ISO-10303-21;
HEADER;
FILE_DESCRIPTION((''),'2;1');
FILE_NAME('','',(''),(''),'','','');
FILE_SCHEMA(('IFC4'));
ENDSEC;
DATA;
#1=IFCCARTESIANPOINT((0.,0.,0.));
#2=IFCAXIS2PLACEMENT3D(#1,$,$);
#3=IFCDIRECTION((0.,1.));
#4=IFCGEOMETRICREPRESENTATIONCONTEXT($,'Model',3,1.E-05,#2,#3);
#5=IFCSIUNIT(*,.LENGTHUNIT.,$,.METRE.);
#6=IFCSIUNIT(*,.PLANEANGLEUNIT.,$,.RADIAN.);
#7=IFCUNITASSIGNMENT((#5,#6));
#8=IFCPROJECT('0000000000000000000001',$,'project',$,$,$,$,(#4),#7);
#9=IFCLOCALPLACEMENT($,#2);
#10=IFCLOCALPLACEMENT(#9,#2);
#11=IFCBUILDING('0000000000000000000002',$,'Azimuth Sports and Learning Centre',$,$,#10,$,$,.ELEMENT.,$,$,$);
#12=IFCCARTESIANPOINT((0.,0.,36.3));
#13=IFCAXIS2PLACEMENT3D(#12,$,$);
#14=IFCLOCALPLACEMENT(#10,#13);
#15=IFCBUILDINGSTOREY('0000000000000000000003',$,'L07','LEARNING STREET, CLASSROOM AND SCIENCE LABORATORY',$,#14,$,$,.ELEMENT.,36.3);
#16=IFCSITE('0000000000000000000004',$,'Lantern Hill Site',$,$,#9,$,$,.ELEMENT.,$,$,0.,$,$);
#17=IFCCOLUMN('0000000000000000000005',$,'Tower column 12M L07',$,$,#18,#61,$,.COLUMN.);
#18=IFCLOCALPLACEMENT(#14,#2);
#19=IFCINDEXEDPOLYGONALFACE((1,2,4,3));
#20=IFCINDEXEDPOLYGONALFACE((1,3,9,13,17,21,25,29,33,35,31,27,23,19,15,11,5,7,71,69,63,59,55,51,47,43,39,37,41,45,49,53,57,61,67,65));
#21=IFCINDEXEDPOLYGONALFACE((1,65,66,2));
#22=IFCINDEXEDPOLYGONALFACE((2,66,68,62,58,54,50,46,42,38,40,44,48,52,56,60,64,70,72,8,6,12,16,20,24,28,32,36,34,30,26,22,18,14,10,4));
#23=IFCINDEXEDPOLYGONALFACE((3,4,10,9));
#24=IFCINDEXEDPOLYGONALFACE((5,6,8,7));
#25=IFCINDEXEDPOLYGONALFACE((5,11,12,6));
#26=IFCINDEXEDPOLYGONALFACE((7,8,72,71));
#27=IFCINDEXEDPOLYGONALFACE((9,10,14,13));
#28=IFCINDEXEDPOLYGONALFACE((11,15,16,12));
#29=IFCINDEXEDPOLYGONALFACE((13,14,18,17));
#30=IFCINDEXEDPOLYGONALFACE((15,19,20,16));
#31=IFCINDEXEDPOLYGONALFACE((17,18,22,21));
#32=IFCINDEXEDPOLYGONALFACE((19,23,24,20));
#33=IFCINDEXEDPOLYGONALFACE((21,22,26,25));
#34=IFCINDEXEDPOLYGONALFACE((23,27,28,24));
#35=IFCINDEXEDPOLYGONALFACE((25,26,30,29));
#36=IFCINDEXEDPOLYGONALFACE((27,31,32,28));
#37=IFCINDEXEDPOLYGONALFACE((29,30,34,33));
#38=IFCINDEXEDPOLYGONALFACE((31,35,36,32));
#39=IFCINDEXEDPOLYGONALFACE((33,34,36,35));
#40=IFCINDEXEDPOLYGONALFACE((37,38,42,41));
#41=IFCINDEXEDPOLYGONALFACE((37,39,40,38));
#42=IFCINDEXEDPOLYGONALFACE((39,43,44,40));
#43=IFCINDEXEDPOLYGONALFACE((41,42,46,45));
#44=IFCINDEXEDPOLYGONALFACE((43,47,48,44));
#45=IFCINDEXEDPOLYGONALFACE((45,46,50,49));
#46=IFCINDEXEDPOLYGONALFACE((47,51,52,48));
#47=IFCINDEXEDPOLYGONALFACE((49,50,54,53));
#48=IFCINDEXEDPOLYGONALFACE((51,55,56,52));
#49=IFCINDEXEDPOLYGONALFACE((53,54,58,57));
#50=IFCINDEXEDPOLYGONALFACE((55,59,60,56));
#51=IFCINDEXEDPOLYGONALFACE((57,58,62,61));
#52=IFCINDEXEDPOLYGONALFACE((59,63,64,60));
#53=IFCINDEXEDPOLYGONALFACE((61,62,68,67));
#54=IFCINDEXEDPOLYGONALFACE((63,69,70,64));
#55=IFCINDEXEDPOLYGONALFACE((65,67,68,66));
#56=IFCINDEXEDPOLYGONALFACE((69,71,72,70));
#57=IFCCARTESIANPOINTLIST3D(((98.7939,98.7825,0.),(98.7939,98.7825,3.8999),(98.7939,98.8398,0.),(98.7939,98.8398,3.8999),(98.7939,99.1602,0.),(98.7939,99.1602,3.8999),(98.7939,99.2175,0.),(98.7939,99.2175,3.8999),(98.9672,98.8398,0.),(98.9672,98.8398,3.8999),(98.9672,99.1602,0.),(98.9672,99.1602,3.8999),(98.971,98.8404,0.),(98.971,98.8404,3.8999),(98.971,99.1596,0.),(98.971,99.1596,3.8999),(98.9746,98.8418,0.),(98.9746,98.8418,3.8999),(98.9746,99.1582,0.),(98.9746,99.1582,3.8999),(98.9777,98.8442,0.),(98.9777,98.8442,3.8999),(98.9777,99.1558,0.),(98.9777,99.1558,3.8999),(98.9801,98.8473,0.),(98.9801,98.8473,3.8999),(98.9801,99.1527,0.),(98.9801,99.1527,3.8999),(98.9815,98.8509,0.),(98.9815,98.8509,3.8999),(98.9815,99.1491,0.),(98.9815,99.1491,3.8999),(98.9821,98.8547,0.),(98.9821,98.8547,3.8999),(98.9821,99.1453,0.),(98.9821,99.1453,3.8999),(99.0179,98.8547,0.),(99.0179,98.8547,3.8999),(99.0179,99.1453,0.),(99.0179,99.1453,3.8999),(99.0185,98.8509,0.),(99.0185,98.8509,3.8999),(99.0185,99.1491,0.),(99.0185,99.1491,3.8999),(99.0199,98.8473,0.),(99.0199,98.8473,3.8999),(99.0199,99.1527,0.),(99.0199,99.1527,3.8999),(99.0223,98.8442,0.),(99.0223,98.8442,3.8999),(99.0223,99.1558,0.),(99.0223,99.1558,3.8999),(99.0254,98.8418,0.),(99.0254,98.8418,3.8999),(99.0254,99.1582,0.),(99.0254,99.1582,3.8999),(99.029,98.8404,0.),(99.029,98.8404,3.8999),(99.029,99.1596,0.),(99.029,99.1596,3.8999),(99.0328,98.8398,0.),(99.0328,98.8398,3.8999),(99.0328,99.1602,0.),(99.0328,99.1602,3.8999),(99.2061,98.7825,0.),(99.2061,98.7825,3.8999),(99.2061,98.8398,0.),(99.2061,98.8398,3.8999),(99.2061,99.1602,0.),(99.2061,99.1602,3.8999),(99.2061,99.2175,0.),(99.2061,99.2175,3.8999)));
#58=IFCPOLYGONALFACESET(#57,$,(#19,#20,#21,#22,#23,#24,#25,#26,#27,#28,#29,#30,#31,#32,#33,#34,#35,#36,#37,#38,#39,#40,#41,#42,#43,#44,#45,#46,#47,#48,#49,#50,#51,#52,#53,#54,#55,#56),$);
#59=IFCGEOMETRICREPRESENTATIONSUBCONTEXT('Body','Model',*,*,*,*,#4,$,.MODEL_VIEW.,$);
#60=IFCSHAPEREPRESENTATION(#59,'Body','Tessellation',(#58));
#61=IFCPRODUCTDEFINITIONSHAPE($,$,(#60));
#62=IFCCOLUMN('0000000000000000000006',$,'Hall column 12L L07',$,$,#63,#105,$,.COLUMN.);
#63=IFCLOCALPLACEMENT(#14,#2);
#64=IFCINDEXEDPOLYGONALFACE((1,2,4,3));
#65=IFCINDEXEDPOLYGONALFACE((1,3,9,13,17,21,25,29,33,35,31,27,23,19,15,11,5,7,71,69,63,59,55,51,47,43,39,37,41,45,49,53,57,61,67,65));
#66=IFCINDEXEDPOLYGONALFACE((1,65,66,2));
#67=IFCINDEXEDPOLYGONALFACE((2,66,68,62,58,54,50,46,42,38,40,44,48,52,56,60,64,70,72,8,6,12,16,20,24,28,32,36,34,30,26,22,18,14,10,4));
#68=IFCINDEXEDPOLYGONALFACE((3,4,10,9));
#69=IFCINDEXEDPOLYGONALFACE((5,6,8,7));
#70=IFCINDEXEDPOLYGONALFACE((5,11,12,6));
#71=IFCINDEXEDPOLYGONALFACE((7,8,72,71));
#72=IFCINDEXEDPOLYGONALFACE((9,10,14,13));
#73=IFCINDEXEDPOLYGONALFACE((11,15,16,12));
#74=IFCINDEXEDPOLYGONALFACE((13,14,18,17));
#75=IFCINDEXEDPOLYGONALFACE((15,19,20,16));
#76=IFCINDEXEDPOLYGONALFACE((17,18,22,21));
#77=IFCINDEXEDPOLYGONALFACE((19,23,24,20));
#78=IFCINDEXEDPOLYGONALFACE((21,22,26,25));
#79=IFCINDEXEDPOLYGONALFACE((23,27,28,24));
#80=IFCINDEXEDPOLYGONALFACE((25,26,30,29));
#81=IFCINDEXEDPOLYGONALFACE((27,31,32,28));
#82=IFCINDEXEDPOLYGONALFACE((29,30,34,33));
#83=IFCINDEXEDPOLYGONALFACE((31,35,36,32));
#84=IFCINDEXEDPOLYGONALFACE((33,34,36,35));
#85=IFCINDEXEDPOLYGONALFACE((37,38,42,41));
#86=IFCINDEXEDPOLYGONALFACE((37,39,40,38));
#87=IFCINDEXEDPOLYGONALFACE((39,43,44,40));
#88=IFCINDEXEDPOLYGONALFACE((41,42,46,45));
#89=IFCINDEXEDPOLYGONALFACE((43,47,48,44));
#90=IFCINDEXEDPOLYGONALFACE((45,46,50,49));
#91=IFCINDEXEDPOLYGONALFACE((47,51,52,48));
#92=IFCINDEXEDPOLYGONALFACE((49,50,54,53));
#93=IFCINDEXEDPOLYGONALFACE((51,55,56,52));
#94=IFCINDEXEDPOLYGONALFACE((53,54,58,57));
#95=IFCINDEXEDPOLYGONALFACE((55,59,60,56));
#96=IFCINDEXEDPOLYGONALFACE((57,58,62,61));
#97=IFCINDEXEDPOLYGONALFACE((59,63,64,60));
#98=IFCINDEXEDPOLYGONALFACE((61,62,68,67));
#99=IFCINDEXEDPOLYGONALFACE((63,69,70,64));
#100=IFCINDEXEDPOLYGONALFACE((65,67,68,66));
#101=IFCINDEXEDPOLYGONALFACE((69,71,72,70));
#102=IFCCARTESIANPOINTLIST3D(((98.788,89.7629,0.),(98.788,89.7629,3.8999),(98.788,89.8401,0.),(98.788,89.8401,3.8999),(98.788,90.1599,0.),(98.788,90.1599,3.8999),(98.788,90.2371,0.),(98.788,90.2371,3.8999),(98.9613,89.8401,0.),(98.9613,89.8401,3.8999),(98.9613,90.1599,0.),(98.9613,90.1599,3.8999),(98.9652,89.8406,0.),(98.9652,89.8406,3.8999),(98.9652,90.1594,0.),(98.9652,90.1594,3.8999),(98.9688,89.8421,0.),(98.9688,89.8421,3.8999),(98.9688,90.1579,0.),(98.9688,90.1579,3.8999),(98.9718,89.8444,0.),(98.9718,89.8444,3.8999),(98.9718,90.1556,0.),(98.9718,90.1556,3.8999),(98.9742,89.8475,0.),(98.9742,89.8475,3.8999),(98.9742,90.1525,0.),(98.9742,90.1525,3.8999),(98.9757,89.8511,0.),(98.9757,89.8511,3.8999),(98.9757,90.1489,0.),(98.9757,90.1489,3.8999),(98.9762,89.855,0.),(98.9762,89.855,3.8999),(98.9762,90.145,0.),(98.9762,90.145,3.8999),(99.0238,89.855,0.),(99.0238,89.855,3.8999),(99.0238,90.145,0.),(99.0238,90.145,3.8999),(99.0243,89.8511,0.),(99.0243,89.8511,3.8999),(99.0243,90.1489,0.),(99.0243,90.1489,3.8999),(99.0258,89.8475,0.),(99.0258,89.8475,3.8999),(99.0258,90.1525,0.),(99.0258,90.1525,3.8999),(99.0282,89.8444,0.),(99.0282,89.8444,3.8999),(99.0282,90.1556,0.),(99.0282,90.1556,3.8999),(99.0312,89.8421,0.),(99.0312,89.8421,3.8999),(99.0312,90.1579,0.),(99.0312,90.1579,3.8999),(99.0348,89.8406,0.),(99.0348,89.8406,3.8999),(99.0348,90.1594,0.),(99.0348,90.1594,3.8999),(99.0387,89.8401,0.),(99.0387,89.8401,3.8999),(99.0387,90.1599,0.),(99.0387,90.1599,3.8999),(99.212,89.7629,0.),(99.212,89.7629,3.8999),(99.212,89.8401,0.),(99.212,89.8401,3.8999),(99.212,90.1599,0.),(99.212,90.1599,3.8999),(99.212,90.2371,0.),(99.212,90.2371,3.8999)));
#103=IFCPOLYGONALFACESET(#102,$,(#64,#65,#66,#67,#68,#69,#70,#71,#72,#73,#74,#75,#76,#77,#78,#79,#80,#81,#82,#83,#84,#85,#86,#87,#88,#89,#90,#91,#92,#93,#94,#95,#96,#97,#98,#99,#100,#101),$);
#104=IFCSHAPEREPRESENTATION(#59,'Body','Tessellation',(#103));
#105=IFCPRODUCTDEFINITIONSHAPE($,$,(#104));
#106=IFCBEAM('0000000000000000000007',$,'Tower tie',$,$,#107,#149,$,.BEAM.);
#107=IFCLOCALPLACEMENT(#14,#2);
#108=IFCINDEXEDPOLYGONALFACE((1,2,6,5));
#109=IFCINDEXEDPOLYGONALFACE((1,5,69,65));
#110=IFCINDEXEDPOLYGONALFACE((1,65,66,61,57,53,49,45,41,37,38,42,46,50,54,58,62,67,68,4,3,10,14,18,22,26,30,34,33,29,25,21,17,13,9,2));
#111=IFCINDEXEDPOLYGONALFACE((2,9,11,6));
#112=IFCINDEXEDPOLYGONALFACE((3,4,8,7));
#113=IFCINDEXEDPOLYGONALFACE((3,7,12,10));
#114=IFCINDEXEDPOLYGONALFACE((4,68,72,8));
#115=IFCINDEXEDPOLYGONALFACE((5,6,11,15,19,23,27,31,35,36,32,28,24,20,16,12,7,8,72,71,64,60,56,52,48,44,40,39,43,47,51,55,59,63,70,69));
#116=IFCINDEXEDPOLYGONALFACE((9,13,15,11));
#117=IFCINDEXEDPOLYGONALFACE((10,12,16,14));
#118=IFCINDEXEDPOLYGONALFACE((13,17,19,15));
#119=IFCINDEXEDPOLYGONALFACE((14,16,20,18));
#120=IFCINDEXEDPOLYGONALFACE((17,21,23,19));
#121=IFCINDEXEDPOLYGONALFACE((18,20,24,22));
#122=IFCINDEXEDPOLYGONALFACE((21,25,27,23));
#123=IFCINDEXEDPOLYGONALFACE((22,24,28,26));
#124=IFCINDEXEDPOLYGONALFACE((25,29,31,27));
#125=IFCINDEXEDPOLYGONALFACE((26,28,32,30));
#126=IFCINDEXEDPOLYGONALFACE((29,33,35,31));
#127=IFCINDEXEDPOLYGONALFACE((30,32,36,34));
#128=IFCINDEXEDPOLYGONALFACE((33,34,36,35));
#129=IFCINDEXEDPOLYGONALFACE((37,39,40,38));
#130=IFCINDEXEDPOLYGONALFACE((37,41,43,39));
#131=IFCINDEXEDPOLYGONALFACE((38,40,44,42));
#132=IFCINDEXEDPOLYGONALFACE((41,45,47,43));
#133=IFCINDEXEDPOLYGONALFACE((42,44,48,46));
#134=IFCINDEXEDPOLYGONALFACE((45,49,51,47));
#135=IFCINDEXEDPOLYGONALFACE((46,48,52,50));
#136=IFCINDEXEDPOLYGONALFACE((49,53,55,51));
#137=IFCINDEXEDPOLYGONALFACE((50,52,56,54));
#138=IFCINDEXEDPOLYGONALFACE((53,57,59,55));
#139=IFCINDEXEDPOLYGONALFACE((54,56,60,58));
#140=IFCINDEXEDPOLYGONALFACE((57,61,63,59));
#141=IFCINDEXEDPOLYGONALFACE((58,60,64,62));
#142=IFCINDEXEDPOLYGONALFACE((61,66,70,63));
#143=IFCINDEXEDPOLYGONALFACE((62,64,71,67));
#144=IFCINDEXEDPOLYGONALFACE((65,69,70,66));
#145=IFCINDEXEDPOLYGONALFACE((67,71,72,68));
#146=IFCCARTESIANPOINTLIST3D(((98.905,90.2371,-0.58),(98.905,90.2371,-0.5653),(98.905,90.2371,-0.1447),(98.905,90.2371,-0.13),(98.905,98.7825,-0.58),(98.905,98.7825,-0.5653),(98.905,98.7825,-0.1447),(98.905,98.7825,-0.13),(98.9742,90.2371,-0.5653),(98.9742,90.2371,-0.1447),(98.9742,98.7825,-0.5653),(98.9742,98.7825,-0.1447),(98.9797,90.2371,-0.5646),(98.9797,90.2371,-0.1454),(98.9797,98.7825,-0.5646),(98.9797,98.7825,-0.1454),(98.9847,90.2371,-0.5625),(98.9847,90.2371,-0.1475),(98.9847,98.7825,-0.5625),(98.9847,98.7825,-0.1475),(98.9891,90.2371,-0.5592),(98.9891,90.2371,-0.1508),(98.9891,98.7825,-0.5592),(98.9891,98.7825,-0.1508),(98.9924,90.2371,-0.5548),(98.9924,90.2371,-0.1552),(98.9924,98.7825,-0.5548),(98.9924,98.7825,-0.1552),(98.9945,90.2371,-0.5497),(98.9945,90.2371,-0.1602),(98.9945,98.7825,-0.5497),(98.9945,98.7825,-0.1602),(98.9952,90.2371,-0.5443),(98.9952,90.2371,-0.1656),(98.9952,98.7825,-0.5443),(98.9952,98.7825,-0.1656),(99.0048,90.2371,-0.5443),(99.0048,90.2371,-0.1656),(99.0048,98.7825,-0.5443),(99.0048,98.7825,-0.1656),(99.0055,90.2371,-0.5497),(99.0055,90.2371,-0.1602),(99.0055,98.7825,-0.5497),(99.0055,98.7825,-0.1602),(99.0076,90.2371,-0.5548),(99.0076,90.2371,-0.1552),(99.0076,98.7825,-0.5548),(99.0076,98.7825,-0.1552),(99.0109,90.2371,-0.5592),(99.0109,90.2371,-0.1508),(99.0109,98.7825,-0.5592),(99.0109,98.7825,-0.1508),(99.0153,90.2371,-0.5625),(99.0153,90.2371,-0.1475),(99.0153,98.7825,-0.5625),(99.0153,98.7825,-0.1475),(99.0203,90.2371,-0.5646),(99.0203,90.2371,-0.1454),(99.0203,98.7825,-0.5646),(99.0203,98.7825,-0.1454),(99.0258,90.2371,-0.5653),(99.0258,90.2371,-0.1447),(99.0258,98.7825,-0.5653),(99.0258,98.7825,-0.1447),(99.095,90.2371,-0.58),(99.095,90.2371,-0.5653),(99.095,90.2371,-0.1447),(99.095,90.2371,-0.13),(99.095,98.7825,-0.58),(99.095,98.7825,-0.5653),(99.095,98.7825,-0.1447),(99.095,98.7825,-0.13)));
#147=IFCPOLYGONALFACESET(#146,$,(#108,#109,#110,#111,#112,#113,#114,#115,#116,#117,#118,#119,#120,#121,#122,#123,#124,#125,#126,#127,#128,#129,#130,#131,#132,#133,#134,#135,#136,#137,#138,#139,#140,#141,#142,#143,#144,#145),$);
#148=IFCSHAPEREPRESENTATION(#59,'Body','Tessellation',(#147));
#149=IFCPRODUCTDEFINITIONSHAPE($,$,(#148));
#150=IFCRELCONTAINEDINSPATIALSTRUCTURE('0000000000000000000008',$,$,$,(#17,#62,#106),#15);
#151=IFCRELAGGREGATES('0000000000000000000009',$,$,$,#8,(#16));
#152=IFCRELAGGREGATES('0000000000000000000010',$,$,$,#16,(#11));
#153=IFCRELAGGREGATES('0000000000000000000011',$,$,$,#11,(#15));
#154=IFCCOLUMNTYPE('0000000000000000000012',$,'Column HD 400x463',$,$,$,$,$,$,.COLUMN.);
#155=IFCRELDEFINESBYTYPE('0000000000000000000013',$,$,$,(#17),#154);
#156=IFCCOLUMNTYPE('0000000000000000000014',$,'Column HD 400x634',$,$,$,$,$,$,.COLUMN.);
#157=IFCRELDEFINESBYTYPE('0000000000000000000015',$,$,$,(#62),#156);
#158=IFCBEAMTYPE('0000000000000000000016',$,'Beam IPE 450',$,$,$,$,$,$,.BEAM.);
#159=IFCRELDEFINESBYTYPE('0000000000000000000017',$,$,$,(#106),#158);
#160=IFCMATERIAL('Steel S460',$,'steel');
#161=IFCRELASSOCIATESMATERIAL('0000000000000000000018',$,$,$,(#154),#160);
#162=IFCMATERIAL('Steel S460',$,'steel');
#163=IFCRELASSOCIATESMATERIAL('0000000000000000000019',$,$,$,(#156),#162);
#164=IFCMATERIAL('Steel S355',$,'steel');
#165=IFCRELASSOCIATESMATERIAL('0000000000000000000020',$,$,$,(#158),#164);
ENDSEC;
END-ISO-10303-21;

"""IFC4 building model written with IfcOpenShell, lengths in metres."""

from ifc_helpers import new_model, si_unit, direction, frame, origin, origin_2d, place, context, subcontext, project, spatial, i_section, extrude, material, material_profile, profile_set, type_object, element, save


model = new_model("IFC4")

# Units and contexts
model_context = context("Model", 3, precision=1e-05, world=origin(), true_north=direction((0.0, 1.0)))
body_context = subcontext(model_context, "Body", "Model", "MODEL_VIEW")
ifc_project = project(units=[si_unit("LENGTHUNIT", "METRE"), si_unit("PLANEANGLEUNIT", "RADIAN")], contexts=[model_context])

# Site, building, storey
site_placement = place(None, origin())
site = spatial("IfcSite", under=ifc_project, at=site_placement, Name="Lantern Hill Site", CompositionType="ELEMENT", RefElevation=0.0)
building_placement = place(site_placement, origin())
building = spatial("IfcBuilding", under=site, at=building_placement, Name="Azimuth Sports and Learning Centre", CompositionType="ELEMENT")
storey_placement = place(building_placement, frame((0.0, 0.0, 36.3)))
storey = spatial("IfcBuildingStorey", under=building, at=storey_placement, Name="L07", Description="LEARNING STREET, CLASSROOM AND SCIENCE LABORATORY", CompositionType="ELEMENT", Elevation=36.3)

# Columns
ifc_material_1 = material(Name="Steel S460", Category="steel")
ifc_material_profile_1 = material_profile(ifc_material_1, i_section(OverallWidth=0.4121, OverallDepth=0.4351, WebThickness=0.0359, FlangeThickness=0.0574, FilletRadius=0.0149, at=origin_2d()), Name="HD 400x463")
ifc_profile_set_1 = profile_set([ifc_material_profile_1], Name="Steel S460")
column_type_1 = type_object("IfcColumnType", Name="Column HD 400x463", PredefinedType="COLUMN", material=ifc_profile_set_1)
column_1_placement = place(storey_placement, frame((99.0, 99.0, 0.0), z_axis=(0.0, 0.0, 1.0), x_axis=(1.0, 0.0, 0.0)))
element("IfcColumn", 1, at=column_1_placement, inside=storey, type_object=column_type_1, Name="Tower column 12M L07", PredefinedType="COLUMN", context=body_context, shape_type="SweptSolid", body=[
    extrude(i_section(OverallWidth=0.4121, OverallDepth=0.4351, WebThickness=0.0359, FlangeThickness=0.0574, FilletRadius=0.0149, at=origin_2d()), origin(), (0.0, 0.0, 1.0), 3.8999),
])
ifc_material_2 = material(Name="Steel S460", Category="steel")
ifc_material_profile_2 = material_profile(ifc_material_2, i_section(OverallWidth=0.4241, OverallDepth=0.4741, WebThickness=0.0476, FlangeThickness=0.0771, FilletRadius=0.0149, at=origin_2d()), Name="HD 400x634")
ifc_profile_set_2 = profile_set([ifc_material_profile_2], Name="Steel S460")
column_type_2 = type_object("IfcColumnType", Name="Column HD 400x634", PredefinedType="COLUMN", material=ifc_profile_set_2)
column_2_placement = place(storey_placement, frame((99.0, 90.0, 0.0), z_axis=(0.0, 0.0, 1.0), x_axis=(1.0, 0.0, 0.0)))
element("IfcColumn", 2, at=column_2_placement, inside=storey, type_object=column_type_2, Name="Hall column 12L L07", PredefinedType="COLUMN", context=body_context, shape_type="SweptSolid", body=[
    extrude(i_section(OverallWidth=0.4241, OverallDepth=0.4741, WebThickness=0.0476, FlangeThickness=0.0771, FilletRadius=0.0149, at=origin_2d()), origin(), (0.0, 0.0, 1.0), 3.8999),
])

# Beam
ifc_material_3 = material(Name="Steel S355", Category="steel")
ifc_material_profile_3 = material_profile(ifc_material_3, i_section(OverallWidth=0.1899, OverallDepth=0.45, WebThickness=0.0095, FlangeThickness=0.0146, FilletRadius=0.021, at=origin_2d()), Name="IPE 450")
ifc_profile_set_3 = profile_set([ifc_material_profile_3], Name="Steel S355")
beam_type_1 = type_object("IfcBeamType", Name="Beam IPE 450", PredefinedType="BEAM", material=ifc_profile_set_3)
beam_1_placement = place(storey_placement, frame((99.0, 90.2371, -0.355), z_axis=(0.0, 1.0, 0.0), x_axis=(-1.0, 0.0, 0.0)))
element("IfcBeam", 3, at=beam_1_placement, inside=storey, type_object=beam_type_1, Name="Tower tie", PredefinedType="BEAM", context=body_context, shape_type="SweptSolid", body=[
    extrude(i_section(OverallWidth=0.1899, OverallDepth=0.45, WebThickness=0.0095, FlangeThickness=0.0146, FilletRadius=0.021, at=origin_2d()), origin(), (0.0, 0.0, 1.0), 8.5454),
])

save(model, "model.ifc")
